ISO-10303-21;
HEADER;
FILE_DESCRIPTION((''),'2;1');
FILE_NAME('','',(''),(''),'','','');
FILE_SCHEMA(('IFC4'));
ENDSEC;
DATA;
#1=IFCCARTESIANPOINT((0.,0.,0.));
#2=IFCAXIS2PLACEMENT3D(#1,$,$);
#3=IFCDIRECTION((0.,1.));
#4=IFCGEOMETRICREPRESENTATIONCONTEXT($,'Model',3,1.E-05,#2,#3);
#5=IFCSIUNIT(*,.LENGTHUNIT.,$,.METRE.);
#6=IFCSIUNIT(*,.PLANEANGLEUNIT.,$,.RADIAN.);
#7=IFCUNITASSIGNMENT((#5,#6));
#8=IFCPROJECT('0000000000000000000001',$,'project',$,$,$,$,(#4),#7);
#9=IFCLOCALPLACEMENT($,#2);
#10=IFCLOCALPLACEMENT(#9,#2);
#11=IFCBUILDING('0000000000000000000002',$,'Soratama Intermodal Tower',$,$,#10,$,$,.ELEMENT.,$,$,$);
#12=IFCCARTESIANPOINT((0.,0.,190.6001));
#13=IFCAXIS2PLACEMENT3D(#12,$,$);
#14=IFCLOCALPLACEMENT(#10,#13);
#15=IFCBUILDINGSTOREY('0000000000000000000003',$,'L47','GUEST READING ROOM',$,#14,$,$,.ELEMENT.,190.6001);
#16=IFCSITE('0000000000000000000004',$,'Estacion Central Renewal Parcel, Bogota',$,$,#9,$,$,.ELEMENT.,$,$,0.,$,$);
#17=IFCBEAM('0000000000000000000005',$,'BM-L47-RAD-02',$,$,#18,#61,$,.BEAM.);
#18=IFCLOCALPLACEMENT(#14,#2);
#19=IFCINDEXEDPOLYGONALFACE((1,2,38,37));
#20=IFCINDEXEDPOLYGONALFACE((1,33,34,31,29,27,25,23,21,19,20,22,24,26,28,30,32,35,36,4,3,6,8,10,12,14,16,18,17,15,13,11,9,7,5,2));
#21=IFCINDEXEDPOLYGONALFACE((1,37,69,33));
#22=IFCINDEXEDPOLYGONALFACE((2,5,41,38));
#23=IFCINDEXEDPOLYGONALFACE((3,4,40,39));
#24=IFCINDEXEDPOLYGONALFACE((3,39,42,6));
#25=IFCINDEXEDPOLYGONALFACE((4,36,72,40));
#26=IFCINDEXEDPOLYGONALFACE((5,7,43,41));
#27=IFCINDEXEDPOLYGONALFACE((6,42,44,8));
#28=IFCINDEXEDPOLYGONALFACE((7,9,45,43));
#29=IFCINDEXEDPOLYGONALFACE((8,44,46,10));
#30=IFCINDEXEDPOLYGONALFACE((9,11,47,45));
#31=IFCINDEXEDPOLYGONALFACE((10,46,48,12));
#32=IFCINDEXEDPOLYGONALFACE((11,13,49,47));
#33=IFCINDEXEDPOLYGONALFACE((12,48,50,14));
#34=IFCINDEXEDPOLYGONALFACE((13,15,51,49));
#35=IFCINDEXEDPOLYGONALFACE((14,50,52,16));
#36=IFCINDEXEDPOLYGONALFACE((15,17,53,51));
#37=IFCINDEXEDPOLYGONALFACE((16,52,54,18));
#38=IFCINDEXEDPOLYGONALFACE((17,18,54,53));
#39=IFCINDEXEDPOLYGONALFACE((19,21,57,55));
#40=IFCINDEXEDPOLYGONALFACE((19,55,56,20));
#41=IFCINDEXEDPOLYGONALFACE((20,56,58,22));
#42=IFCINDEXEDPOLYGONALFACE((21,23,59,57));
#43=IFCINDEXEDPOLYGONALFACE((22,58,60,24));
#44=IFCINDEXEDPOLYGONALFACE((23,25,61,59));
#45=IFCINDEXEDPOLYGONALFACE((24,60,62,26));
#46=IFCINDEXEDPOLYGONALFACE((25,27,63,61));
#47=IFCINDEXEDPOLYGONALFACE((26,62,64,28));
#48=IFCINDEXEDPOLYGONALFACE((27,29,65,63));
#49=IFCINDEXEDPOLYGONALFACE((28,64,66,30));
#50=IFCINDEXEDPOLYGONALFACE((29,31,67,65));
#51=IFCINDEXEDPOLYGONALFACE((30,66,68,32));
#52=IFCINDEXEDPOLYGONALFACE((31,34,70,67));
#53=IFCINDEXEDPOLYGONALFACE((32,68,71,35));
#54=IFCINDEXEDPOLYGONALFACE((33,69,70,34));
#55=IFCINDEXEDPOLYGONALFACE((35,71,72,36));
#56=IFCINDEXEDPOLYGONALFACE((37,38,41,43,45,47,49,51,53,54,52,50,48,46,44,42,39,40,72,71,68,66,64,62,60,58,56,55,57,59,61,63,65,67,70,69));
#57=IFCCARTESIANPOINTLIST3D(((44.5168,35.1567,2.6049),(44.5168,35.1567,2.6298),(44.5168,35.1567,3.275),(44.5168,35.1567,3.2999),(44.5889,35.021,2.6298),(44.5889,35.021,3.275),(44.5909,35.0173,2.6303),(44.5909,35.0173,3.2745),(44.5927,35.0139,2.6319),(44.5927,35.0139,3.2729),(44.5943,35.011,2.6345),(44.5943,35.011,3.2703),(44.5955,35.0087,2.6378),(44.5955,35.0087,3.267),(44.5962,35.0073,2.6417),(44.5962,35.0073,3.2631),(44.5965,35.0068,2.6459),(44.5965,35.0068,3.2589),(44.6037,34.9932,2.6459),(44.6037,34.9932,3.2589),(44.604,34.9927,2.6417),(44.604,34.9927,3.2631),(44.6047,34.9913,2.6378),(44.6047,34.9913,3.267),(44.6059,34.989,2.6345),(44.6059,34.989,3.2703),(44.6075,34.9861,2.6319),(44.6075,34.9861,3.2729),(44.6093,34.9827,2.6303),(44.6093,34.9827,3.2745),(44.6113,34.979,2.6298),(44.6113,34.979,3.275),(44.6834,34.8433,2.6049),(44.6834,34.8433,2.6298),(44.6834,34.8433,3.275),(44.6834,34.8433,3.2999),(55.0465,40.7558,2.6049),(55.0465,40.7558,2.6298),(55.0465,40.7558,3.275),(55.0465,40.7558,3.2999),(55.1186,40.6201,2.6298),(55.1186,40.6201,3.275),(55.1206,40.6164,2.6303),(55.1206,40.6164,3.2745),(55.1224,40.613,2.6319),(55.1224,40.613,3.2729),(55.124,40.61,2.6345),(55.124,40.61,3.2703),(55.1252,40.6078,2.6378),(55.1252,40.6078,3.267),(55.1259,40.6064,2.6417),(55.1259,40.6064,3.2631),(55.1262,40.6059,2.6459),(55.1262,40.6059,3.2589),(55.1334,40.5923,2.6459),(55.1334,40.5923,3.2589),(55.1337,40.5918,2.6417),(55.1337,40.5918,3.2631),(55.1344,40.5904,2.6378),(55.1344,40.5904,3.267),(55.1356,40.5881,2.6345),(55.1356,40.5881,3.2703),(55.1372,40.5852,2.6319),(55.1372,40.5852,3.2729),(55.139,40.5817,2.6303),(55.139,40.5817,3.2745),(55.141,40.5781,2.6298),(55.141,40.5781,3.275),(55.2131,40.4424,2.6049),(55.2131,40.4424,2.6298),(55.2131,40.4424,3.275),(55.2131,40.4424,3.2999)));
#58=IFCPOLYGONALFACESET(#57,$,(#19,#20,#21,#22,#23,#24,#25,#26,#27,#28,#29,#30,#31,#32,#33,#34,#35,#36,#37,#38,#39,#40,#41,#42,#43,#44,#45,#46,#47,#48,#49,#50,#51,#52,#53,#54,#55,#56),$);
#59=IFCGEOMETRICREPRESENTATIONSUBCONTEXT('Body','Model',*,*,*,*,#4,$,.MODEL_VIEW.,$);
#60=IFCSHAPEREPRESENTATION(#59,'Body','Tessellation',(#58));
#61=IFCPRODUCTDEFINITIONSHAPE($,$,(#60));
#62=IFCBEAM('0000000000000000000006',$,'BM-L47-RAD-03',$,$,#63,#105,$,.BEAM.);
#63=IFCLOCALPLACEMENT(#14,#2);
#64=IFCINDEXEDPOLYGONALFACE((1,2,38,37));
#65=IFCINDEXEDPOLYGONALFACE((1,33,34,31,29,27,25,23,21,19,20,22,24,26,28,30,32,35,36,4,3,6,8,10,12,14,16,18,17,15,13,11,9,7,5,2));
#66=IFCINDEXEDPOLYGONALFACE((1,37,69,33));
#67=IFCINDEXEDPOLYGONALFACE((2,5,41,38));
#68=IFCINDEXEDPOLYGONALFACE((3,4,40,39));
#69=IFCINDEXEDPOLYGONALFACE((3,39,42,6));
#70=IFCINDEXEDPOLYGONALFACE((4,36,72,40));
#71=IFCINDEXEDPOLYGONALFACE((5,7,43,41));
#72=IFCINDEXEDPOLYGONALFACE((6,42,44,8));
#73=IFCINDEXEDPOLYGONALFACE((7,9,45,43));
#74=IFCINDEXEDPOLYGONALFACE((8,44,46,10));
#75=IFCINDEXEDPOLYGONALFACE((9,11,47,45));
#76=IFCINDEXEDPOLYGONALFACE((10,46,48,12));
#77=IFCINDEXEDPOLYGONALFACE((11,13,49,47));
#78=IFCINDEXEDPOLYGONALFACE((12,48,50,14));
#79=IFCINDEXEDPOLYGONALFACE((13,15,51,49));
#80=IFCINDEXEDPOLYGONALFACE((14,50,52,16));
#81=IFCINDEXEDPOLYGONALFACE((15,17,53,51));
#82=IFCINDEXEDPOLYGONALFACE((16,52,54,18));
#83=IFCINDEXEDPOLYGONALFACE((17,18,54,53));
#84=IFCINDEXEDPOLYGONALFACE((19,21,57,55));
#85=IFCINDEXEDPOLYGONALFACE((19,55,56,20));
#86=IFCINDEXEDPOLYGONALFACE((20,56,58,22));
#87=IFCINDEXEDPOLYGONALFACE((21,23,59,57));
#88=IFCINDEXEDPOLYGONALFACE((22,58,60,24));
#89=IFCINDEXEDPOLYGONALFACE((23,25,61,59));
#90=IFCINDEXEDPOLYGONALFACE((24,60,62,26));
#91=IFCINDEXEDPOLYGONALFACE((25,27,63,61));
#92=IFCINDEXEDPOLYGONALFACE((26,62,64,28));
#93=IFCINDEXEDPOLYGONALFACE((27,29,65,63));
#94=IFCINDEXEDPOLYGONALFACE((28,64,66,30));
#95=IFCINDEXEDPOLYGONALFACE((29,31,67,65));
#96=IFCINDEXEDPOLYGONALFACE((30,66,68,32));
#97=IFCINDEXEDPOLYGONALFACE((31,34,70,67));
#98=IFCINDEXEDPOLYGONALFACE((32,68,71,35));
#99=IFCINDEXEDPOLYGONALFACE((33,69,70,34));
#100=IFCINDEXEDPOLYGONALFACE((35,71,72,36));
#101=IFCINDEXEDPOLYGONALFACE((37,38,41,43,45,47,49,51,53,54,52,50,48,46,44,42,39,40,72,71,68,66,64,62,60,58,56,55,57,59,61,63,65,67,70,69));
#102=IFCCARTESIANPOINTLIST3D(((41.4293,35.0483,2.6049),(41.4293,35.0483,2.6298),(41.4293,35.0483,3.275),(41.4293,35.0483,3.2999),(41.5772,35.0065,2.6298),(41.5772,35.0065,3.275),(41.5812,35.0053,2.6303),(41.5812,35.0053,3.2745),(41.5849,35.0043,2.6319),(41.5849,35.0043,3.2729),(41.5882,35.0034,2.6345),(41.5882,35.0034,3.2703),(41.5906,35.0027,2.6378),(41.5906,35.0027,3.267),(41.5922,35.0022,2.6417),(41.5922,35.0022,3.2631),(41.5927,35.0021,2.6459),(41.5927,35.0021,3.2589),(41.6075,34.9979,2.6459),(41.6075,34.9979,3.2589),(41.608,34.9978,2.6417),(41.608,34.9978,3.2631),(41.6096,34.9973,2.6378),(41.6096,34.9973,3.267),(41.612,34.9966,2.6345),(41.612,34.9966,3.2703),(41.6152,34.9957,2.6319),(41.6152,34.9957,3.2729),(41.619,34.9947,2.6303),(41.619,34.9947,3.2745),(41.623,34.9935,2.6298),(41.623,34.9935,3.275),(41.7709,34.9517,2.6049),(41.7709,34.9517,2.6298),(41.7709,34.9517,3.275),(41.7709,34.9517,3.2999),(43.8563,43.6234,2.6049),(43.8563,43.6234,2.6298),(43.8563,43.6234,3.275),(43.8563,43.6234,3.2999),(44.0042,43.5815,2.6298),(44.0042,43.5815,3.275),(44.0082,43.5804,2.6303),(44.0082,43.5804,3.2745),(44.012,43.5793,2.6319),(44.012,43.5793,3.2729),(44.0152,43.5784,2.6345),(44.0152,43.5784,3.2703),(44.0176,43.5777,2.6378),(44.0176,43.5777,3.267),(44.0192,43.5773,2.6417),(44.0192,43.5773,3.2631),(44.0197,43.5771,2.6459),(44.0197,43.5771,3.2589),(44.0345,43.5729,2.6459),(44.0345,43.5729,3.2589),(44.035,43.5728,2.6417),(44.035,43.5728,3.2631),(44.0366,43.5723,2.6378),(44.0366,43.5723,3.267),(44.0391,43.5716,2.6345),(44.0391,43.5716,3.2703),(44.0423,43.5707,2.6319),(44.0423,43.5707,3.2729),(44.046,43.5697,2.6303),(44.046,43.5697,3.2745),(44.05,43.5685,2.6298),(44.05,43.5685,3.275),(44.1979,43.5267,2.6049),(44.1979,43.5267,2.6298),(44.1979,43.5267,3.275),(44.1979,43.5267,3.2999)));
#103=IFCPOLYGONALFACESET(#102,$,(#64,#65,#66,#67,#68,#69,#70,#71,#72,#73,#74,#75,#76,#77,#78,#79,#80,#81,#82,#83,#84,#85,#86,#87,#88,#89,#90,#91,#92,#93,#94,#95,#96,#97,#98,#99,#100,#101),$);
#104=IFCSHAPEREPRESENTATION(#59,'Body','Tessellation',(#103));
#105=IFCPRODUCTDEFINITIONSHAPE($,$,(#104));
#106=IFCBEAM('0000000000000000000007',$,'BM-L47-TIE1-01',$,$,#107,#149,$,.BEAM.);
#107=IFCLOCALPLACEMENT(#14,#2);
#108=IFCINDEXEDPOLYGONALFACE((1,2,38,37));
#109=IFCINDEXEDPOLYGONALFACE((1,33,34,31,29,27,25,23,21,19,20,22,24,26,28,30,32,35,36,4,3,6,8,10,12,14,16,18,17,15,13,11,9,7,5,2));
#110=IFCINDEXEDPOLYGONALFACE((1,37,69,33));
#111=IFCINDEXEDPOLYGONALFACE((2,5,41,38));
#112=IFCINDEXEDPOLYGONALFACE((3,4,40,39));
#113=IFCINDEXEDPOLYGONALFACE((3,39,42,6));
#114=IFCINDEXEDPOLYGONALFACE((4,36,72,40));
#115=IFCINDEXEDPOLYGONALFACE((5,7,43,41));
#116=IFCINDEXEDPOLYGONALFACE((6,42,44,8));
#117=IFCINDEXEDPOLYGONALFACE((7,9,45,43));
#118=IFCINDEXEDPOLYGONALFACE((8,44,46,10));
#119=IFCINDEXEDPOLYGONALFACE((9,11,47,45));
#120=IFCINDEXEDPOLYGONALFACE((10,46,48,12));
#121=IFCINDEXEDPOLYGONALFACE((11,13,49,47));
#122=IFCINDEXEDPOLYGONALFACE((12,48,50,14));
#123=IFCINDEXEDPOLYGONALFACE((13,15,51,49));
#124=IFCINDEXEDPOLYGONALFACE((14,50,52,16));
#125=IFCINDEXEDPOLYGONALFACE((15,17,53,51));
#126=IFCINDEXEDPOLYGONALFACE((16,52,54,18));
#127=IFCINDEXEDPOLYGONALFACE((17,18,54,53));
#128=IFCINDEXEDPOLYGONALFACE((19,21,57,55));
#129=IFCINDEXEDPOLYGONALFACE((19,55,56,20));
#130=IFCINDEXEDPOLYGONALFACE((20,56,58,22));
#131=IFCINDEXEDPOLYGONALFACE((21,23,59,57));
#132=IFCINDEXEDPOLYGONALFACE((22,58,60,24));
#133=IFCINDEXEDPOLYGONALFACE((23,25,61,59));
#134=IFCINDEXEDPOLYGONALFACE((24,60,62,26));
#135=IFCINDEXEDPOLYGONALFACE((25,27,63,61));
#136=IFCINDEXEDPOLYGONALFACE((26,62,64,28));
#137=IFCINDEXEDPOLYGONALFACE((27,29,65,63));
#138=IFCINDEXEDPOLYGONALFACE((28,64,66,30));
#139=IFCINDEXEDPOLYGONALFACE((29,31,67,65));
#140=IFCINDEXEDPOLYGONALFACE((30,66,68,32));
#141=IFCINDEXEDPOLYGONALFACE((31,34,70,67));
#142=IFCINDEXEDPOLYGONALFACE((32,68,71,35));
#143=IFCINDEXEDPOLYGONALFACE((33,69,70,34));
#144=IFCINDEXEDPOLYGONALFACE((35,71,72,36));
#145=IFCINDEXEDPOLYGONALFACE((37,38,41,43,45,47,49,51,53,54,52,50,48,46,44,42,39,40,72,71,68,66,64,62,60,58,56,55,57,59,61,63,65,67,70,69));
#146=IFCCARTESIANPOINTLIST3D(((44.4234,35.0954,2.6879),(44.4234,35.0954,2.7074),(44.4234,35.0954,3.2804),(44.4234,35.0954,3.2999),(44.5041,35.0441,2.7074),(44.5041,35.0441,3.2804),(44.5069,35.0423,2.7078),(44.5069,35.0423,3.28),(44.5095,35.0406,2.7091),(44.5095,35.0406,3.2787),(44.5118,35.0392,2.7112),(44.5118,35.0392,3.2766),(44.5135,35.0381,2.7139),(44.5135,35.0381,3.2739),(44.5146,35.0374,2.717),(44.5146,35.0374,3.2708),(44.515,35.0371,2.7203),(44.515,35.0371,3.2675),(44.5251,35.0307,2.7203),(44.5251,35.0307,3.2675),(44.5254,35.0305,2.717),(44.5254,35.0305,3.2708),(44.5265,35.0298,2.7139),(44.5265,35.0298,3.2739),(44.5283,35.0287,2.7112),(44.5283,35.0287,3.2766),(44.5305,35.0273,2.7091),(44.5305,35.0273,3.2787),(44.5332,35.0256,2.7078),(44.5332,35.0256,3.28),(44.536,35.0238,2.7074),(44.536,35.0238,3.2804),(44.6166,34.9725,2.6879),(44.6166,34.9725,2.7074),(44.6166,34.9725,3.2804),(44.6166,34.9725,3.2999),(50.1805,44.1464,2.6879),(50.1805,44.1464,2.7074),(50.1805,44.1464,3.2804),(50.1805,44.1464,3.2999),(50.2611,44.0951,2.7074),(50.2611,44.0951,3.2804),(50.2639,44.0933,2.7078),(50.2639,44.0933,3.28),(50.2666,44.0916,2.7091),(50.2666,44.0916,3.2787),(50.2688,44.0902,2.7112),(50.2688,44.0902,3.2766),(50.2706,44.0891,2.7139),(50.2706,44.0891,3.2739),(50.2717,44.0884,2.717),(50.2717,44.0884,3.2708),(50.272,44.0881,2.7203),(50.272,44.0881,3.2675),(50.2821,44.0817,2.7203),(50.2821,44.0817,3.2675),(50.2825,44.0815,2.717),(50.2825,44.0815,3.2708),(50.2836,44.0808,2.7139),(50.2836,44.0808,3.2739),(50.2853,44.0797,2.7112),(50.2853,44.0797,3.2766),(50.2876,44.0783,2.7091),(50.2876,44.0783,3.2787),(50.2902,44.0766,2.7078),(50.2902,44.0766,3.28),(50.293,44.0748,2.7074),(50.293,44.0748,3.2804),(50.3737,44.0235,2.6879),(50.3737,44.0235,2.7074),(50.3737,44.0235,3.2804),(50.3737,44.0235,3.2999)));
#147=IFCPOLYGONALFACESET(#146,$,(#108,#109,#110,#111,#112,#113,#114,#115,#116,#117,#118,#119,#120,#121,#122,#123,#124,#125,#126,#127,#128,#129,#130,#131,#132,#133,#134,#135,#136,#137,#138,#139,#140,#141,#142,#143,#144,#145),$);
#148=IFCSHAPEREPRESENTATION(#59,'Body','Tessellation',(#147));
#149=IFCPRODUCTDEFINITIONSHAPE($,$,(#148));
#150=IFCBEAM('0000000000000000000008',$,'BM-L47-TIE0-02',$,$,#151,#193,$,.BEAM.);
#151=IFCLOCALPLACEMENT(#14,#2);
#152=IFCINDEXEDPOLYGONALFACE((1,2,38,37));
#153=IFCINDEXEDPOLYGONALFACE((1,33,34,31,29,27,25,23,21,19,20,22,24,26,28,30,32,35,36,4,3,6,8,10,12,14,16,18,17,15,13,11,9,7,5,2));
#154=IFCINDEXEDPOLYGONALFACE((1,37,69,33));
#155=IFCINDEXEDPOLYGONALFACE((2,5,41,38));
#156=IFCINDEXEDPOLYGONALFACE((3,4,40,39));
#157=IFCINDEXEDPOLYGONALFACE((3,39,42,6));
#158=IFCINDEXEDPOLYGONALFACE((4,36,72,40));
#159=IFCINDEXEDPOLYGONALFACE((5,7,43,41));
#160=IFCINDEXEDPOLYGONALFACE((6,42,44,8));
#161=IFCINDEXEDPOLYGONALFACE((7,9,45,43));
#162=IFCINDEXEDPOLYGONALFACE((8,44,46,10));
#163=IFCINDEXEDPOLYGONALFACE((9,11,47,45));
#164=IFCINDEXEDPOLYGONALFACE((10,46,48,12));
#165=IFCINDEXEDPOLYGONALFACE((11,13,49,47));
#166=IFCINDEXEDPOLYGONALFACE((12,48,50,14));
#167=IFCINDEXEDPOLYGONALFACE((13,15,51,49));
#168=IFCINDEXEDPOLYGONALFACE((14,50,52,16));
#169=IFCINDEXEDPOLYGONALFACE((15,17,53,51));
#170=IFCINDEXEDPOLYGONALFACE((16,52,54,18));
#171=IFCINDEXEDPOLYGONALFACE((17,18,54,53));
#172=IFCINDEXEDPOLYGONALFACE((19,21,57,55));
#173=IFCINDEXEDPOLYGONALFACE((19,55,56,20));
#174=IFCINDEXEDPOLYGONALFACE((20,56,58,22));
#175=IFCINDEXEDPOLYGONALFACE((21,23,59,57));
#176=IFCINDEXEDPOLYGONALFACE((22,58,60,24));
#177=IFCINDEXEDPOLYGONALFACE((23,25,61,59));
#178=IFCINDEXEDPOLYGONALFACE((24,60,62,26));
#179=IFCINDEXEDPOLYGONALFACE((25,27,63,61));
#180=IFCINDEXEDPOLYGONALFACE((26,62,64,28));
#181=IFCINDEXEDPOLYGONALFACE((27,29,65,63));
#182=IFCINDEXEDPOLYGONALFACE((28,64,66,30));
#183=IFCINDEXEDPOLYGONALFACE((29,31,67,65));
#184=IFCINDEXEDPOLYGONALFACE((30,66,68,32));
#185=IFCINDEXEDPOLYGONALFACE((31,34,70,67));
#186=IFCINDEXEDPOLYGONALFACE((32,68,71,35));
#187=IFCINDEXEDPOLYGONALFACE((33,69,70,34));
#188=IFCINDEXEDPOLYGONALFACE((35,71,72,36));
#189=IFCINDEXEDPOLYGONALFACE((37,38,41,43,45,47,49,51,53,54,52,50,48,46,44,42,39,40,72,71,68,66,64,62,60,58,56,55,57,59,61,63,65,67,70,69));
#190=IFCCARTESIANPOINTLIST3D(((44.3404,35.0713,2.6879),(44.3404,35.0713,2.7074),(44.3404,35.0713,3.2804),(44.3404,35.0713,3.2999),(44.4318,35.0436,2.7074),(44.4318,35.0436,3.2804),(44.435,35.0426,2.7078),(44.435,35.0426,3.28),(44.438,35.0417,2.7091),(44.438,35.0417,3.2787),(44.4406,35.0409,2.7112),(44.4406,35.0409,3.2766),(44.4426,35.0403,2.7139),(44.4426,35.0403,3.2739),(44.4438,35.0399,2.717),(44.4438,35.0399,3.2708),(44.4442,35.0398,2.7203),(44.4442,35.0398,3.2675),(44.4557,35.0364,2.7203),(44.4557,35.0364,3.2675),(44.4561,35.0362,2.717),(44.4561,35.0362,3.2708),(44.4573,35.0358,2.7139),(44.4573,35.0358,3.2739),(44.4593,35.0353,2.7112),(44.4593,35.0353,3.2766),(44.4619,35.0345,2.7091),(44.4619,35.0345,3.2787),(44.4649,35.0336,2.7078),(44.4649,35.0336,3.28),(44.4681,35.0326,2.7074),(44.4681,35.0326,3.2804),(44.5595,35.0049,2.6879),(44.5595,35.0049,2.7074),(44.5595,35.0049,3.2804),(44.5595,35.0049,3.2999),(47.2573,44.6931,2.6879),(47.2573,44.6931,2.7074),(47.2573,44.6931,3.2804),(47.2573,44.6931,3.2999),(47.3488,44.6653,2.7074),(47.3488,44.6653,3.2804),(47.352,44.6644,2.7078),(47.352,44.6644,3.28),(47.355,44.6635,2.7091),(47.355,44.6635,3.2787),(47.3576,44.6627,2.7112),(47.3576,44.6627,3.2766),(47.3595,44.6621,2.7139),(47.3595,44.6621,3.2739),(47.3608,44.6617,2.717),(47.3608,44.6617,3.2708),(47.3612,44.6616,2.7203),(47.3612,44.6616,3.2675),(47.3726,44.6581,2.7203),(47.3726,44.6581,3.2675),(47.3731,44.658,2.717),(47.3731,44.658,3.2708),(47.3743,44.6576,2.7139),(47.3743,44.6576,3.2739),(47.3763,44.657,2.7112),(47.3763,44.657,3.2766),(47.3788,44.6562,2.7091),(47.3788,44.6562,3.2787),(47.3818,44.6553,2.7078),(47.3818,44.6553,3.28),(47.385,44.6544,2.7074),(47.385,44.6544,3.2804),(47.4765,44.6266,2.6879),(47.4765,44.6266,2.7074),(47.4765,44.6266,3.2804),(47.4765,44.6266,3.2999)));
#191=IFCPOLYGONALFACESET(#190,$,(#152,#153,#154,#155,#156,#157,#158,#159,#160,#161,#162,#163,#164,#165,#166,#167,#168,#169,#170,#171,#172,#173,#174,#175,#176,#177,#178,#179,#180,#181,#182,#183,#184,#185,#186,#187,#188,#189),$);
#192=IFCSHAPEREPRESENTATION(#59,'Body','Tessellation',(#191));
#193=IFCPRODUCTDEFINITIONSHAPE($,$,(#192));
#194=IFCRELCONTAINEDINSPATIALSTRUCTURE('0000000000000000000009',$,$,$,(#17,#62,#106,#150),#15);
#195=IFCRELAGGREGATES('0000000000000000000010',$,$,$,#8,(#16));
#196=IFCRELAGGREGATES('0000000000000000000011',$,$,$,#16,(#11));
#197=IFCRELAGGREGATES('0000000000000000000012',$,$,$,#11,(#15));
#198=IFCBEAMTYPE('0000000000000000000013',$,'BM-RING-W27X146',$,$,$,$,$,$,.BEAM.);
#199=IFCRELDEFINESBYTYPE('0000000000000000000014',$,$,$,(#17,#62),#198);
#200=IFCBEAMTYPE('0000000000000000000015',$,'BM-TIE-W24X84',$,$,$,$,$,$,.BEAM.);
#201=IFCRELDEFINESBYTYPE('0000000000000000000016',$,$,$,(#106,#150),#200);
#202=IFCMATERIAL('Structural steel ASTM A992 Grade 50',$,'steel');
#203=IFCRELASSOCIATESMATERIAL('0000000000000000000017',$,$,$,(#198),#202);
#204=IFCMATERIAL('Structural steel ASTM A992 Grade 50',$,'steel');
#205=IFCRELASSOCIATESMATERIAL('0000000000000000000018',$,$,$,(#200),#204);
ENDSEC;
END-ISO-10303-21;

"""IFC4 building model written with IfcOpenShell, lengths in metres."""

from ifc_helpers import new_model, si_unit, direction, frame, origin, origin_2d, place, context, subcontext, project, spatial, i_section, extrude, material, material_profile, profile_set, type_object, element, save


model = new_model("IFC4")

# Units and contexts
model_context = context("Model", 3, precision=1e-05, world=origin(), true_north=direction((0.0, 1.0)))
body_context = subcontext(model_context, "Body", "Model", "MODEL_VIEW")
ifc_project = project(units=[si_unit("LENGTHUNIT", "METRE"), si_unit("PLANEANGLEUNIT", "RADIAN")], contexts=[model_context])

# Site, building, storey
site_placement = place(None, origin())
site = spatial("IfcSite", under=ifc_project, at=site_placement, Name="Estacion Central Renewal Parcel, Bogota", CompositionType="ELEMENT", RefElevation=0.0)
building_placement = place(site_placement, origin())
building = spatial("IfcBuilding", under=site, at=building_placement, Name="Soratama Intermodal Tower", CompositionType="ELEMENT")
storey_placement = place(building_placement, frame((0.0, 0.0, 190.6001)))
storey = spatial("IfcBuildingStorey", under=building, at=storey_placement, Name="L47", Description="GUEST READING ROOM", CompositionType="ELEMENT", Elevation=190.6001)

# Beams
ifc_material_1 = material(Name="Structural steel ASTM A992 Grade 50", Category="steel")
ifc_material_profile_1 = material_profile(ifc_material_1, i_section(OverallWidth=0.355, OverallDepth=0.6951, WebThickness=0.0154, FlangeThickness=0.0249, FilletRadius=0.0161, at=origin_2d()), Name="W27X146")
ifc_profile_set_1 = profile_set([ifc_material_profile_1], Name="Structural steel ASTM A992 Grade 50")
beam_type_1 = type_object("IfcBeamType", Name="BM-RING-W27X146", PredefinedType="BEAM", material=ifc_profile_set_1)
beam_1_placement = place(storey_placement, frame((44.6001, 35.0, 2.9524), z_axis=(0.882936, 0.469493, 0.0), x_axis=(-0.469493, 0.882936, 0.0)))
element("IfcBeam", 1, at=beam_1_placement, inside=storey, type_object=beam_type_1, Name="BM-L47-RAD-02", PredefinedType="BEAM", context=body_context, shape_type="SweptSolid", body=[
    extrude(i_section(OverallWidth=0.355, OverallDepth=0.6951, WebThickness=0.0154, FlangeThickness=0.0249, FilletRadius=0.0161, at=origin_2d()), origin(), (0.0, 0.0, 1.0), 11.9258),
])
beam_2_placement = place(storey_placement, frame((41.6001, 35.0, 2.9524), z_axis=(0.272336, 0.962202, 0.0), x_axis=(-0.962202, 0.272336, 0.0)))
element("IfcBeam", 2, at=beam_2_placement, inside=storey, type_object=beam_type_1, Name="BM-L47-RAD-03", PredefinedType="BEAM", context=body_context, shape_type="SweptSolid", body=[
    extrude(i_section(OverallWidth=0.355, OverallDepth=0.6951, WebThickness=0.0154, FlangeThickness=0.0249, FilletRadius=0.0161, at=origin_2d()), origin(), (0.0, 0.0, 1.0), 8.9119),
])
ifc_material_2 = material(Name="Structural steel ASTM A992 Grade 50", Category="steel")
ifc_material_profile_2 = material_profile(ifc_material_2, i_section(OverallWidth=0.229, OverallDepth=0.6121, WebThickness=0.012, FlangeThickness=0.0195, FilletRadius=0.0129, at=origin_2d()), Name="W24X84")
ifc_profile_set_2 = profile_set([ifc_material_profile_2], Name="Structural steel ASTM A992 Grade 50")
beam_type_2 = type_object("IfcBeamType", Name="BM-TIE-W24X84", PredefinedType="BEAM", material=ifc_profile_set_2)
beam_3_placement = place(storey_placement, frame((44.52, 35.0339, 2.9939), z_axis=(0.536699, 0.843774, 0.0), x_axis=(-0.843774, 0.536699, 0.0)))
element("IfcBeam", 3, at=beam_3_placement, inside=storey, type_object=beam_type_2, Name="BM-L47-TIE1-01", PredefinedType="BEAM", context=body_context, shape_type="SweptSolid", body=[
    extrude(i_section(OverallWidth=0.229, OverallDepth=0.6121, WebThickness=0.012, FlangeThickness=0.0195, FilletRadius=0.0129, at=origin_2d()), origin(), (0.0, 0.0, 1.0), 10.7268),
])
beam_4_placement = place(storey_placement, frame((44.45, 35.0381, 2.9939), z_axis=(0.290125, 0.956989, 0.0), x_axis=(-0.956989, 0.290125, 0.0)))
element("IfcBeam", 4, at=beam_4_placement, inside=storey, type_object=beam_type_2, Name="BM-L47-TIE0-02", PredefinedType="BEAM", context=body_context, shape_type="SweptSolid", body=[
    extrude(i_section(OverallWidth=0.229, OverallDepth=0.6121, WebThickness=0.012, FlangeThickness=0.0195, FilletRadius=0.0129, at=origin_2d()), origin(), (0.0, 0.0, 1.0), 10.0542),
])

save(model, "model.ifc")
